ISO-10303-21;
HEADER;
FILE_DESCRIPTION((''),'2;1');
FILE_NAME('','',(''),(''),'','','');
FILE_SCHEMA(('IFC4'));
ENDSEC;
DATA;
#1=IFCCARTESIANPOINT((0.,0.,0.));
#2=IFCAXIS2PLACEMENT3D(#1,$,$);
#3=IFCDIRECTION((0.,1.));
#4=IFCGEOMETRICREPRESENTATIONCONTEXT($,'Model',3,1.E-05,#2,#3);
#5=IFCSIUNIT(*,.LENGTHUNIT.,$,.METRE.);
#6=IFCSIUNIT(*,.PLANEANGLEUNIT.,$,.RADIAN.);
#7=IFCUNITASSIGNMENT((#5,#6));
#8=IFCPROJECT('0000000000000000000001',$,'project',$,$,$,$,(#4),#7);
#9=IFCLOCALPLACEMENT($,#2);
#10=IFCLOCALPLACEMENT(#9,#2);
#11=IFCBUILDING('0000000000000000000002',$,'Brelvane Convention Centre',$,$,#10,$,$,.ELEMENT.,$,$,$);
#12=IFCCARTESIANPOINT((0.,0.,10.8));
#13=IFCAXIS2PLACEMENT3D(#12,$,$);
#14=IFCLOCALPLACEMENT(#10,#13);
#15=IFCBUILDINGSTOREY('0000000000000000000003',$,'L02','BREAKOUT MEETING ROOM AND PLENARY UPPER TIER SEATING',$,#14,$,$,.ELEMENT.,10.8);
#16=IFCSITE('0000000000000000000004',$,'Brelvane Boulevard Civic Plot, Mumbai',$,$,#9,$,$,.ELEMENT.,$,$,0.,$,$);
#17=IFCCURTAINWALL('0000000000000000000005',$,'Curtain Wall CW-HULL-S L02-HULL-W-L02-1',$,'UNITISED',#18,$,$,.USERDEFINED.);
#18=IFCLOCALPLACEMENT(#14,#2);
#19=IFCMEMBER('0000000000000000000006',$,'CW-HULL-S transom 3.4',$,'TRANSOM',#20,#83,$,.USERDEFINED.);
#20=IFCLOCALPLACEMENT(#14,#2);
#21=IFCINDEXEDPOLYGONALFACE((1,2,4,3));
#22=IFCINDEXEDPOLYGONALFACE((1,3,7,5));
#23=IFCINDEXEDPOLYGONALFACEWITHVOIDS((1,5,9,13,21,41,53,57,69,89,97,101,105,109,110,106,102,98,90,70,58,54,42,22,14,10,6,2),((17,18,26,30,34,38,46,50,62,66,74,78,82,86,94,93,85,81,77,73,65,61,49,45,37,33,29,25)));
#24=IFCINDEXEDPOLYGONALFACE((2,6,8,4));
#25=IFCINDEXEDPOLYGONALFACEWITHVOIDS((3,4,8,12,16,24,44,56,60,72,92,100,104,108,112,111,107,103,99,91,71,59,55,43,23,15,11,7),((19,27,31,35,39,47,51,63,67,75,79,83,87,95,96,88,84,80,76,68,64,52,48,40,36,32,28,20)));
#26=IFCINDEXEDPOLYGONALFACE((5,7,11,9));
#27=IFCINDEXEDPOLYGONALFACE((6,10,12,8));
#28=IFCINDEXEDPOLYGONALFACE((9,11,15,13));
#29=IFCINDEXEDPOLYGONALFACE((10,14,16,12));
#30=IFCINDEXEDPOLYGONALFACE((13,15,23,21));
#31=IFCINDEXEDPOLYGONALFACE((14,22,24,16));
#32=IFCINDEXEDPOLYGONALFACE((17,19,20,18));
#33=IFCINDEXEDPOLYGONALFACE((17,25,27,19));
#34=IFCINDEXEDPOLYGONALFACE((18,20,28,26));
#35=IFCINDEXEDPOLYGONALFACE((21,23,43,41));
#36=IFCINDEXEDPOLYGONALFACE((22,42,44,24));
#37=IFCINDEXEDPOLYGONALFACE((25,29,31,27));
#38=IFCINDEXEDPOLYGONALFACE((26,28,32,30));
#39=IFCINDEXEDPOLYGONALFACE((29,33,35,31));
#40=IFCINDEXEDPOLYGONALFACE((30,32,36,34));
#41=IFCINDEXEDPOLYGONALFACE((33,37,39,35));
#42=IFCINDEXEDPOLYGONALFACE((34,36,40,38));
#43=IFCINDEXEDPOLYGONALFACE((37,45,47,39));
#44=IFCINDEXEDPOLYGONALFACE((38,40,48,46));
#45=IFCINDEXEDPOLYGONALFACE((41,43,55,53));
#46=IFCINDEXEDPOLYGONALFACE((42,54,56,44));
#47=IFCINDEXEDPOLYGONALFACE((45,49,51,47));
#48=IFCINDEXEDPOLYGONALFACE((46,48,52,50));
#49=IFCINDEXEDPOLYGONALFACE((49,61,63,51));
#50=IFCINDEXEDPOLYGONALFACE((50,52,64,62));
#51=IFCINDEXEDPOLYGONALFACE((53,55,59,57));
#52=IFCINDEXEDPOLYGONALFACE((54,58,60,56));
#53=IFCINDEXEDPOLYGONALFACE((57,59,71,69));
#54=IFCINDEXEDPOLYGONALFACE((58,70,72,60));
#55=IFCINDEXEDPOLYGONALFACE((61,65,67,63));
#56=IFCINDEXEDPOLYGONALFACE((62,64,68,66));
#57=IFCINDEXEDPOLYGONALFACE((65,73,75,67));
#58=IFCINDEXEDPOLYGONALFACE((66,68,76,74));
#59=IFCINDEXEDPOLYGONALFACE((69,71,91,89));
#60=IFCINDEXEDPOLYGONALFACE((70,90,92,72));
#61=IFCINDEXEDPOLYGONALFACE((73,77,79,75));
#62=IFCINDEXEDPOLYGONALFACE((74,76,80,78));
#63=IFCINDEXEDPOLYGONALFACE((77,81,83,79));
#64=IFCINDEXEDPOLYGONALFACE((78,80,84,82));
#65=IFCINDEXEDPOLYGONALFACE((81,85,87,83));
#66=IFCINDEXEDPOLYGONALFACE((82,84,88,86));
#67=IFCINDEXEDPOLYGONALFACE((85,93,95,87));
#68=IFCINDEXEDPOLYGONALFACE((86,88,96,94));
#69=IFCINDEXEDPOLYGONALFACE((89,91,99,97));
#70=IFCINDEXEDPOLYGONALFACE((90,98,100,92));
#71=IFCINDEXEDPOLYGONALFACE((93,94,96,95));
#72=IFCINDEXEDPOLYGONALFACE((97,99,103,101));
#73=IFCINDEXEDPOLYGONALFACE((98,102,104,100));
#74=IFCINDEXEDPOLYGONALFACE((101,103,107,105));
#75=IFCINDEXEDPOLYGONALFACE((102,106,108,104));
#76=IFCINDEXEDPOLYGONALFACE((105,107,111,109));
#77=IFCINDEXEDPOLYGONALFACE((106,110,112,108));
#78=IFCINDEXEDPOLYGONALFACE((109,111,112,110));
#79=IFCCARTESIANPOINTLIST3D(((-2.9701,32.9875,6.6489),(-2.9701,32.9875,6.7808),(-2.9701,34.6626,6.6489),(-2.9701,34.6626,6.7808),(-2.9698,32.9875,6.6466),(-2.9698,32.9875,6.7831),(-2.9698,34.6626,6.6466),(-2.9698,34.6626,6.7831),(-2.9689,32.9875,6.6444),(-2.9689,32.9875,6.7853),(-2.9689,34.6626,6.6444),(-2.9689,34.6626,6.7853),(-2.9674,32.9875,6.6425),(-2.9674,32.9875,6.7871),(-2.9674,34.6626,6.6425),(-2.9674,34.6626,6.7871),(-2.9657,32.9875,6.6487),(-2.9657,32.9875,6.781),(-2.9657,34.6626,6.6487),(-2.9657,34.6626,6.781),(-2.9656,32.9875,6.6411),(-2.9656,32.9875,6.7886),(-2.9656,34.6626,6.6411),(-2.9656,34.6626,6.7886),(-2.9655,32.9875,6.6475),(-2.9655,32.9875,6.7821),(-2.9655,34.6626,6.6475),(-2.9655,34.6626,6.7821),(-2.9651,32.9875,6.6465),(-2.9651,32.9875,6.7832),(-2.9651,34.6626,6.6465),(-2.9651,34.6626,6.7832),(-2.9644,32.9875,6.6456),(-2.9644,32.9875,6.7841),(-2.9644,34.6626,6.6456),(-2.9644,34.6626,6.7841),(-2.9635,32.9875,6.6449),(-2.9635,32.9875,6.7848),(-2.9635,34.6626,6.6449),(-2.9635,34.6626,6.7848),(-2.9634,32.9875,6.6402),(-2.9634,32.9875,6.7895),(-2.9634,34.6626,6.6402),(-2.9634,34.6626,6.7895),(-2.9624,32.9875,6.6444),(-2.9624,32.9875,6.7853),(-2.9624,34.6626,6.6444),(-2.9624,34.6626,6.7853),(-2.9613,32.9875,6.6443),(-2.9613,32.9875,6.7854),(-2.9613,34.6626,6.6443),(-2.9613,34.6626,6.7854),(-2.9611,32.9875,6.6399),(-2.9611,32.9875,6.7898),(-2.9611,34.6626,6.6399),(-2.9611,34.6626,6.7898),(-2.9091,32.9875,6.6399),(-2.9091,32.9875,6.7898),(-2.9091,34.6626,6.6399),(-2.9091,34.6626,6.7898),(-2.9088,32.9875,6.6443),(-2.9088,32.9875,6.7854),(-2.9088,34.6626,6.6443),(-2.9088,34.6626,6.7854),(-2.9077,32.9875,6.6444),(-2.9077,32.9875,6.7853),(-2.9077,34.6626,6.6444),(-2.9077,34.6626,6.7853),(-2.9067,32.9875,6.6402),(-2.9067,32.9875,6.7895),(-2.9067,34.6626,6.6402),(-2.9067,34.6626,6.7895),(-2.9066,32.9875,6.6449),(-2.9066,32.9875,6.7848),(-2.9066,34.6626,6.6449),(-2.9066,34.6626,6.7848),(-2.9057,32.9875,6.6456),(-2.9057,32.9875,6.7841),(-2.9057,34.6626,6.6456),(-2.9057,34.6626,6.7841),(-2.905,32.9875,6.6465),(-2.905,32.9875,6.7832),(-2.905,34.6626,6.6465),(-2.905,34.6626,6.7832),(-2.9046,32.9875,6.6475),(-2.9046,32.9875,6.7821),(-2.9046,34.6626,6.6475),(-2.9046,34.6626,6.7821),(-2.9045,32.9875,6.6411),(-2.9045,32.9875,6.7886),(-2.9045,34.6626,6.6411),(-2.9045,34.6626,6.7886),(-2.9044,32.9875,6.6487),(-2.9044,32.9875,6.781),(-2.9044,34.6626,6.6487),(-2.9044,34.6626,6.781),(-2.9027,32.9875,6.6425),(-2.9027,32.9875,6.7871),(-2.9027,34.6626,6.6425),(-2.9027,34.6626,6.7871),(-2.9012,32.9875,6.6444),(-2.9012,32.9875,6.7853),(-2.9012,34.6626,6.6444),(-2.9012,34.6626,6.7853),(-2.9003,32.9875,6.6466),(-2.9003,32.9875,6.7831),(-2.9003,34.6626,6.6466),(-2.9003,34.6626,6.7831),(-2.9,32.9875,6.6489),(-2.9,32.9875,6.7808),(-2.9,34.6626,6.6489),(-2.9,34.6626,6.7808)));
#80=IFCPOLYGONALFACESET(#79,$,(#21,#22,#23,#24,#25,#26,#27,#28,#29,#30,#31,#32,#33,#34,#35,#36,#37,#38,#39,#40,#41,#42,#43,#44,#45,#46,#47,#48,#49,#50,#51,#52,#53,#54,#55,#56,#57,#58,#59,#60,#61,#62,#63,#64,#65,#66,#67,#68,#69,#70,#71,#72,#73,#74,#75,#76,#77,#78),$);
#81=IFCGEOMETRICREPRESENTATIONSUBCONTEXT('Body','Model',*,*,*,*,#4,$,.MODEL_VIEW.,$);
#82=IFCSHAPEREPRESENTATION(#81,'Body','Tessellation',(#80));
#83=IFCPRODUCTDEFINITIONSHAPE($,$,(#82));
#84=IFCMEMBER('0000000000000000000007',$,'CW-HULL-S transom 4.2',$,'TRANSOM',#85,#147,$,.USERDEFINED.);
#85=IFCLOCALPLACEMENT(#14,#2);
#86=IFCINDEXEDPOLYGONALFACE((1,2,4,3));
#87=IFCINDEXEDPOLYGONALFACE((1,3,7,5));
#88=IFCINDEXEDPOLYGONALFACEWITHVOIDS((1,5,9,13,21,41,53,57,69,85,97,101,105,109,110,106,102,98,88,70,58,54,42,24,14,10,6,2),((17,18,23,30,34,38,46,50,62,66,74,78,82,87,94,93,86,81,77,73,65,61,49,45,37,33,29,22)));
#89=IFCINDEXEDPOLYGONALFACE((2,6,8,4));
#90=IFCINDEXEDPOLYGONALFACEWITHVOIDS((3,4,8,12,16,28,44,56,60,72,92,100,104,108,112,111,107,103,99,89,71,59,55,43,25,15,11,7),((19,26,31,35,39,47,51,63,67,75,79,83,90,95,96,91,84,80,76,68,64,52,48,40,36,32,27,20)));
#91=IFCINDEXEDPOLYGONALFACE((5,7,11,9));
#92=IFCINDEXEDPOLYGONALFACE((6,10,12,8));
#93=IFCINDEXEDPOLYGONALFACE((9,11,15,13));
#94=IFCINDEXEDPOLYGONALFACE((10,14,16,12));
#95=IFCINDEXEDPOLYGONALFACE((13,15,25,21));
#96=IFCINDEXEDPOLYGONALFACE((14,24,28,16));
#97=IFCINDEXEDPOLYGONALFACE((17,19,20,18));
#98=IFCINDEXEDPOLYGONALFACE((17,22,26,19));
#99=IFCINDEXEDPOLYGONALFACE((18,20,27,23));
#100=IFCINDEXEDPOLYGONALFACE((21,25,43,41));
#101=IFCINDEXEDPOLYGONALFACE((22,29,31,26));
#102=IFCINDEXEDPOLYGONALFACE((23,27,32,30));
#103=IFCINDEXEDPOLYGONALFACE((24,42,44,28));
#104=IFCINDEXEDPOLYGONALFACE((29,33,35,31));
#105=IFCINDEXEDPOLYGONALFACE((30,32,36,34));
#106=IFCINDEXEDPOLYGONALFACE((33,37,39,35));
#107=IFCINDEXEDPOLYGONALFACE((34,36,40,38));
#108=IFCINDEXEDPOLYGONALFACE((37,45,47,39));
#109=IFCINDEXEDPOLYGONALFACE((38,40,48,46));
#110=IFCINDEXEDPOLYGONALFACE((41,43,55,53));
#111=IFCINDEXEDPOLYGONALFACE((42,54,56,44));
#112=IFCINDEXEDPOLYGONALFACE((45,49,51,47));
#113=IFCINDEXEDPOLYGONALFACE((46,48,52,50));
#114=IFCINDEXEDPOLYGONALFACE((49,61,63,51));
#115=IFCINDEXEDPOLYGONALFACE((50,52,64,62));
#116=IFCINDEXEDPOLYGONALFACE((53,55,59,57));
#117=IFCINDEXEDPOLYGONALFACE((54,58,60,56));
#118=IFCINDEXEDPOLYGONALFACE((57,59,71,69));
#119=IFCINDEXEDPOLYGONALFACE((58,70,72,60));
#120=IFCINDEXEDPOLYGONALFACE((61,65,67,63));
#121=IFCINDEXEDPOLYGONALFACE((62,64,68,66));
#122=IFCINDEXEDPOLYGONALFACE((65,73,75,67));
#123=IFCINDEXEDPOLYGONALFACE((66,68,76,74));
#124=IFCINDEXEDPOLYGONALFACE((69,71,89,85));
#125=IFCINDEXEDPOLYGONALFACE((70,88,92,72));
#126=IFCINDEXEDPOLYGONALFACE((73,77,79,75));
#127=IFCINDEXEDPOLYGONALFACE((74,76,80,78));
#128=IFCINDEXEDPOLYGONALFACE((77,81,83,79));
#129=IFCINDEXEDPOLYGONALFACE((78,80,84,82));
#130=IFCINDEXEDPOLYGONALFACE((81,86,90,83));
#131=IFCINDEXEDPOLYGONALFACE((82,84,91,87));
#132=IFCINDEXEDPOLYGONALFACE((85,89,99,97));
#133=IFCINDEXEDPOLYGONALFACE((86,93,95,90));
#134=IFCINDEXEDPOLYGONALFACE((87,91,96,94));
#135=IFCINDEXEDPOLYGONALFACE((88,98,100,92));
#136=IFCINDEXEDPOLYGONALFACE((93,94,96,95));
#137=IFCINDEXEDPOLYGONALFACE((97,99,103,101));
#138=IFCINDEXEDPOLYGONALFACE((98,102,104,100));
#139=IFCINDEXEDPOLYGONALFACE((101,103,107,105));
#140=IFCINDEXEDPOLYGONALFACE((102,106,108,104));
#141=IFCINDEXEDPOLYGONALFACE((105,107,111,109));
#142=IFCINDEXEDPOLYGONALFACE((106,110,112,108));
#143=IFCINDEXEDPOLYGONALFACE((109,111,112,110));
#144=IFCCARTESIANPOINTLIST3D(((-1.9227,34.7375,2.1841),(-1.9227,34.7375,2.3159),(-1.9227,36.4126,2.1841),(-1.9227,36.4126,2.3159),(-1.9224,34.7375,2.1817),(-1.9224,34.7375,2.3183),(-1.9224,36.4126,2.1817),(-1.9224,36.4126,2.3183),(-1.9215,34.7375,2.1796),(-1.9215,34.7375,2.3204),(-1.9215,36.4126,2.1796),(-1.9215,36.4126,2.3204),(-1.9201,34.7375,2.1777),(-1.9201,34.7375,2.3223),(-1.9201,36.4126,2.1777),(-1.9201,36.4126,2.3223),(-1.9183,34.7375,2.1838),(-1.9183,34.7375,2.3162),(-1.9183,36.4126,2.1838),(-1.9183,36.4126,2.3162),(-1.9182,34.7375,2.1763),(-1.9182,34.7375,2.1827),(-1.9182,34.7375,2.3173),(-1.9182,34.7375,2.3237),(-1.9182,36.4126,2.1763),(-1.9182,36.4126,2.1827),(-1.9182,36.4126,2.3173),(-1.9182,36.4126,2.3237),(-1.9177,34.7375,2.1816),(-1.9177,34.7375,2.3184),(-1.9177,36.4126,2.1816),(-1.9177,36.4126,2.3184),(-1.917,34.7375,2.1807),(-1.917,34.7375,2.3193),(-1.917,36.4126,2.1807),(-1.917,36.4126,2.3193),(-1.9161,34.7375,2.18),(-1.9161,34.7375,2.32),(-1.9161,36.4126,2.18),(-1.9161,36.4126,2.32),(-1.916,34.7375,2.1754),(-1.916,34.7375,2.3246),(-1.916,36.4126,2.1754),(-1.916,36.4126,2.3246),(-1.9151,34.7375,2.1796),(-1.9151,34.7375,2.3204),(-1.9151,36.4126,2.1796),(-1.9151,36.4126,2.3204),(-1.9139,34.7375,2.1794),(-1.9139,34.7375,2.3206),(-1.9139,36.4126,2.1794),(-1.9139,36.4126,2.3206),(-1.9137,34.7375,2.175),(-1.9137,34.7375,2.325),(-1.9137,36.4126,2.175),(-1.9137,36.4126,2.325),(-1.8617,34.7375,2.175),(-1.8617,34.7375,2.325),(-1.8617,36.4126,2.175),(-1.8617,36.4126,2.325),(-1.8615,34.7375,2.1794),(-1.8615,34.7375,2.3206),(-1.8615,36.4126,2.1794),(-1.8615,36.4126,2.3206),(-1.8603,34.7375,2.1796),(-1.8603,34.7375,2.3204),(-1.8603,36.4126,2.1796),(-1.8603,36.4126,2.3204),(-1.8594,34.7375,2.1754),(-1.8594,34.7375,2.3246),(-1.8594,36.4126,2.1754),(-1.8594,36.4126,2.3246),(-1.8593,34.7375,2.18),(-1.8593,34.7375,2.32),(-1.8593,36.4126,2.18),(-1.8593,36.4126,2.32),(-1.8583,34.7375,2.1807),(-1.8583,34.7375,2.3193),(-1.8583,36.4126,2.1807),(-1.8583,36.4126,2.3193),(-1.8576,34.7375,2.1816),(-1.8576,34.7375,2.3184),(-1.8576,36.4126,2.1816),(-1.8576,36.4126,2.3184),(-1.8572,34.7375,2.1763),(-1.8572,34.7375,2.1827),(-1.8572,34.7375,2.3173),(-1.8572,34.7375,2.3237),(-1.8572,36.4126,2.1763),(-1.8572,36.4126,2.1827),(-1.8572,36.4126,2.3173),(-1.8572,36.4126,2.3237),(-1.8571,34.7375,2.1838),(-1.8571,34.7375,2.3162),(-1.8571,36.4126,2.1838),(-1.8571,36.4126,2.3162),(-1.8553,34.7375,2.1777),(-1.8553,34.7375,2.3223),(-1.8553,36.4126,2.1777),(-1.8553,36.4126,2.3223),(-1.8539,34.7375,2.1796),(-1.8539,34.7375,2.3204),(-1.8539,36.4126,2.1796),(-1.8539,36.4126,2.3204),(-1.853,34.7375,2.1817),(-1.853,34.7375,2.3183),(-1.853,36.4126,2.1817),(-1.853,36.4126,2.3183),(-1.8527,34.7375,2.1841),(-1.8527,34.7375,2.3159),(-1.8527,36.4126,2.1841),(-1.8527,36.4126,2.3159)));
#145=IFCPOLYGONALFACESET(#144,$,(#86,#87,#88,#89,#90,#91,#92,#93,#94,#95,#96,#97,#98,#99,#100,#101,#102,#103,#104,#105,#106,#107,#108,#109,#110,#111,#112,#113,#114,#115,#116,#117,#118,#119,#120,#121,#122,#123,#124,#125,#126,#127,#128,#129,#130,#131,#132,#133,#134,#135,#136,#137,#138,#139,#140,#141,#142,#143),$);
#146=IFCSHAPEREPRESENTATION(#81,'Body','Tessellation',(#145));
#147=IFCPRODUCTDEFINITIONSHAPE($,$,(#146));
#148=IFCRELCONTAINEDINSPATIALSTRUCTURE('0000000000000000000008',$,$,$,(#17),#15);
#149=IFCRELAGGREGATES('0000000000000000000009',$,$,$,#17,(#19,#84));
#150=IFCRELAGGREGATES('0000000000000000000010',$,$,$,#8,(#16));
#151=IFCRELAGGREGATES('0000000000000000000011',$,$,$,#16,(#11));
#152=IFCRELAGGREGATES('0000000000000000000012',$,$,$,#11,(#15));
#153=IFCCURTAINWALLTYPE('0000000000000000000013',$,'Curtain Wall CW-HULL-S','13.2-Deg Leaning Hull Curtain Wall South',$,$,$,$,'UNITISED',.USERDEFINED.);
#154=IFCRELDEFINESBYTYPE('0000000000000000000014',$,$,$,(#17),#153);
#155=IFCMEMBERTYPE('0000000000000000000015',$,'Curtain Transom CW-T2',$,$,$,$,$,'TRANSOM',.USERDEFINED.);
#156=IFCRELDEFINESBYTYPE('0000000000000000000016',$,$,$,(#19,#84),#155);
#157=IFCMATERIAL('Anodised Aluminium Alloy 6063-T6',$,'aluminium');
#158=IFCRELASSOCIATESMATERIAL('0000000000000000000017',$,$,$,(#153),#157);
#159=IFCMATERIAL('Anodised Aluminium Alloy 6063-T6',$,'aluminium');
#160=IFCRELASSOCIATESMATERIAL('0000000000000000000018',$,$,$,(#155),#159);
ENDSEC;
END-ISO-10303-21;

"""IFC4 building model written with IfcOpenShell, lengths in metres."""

from ifc_helpers import new_model, si_unit, direction, frame, origin, origin_2d, place, context, subcontext, project, spatial, hollow_rectangle, extrude, material, material_profile, profile_set, type_object, element, aggregate, save


model = new_model("IFC4")

# Units and contexts
model_context = context("Model", 3, precision=1e-05, world=origin(), true_north=direction((0.0, 1.0)))
body_context = subcontext(model_context, "Body", "Model", "MODEL_VIEW")
ifc_project = project(units=[si_unit("LENGTHUNIT", "METRE"), si_unit("PLANEANGLEUNIT", "RADIAN")], contexts=[model_context])

# Site, building, storey
site_placement = place(None, origin())
site = spatial("IfcSite", under=ifc_project, at=site_placement, Name="Brelvane Boulevard Civic Plot, Mumbai", CompositionType="ELEMENT", RefElevation=0.0)
building_placement = place(site_placement, origin())
building = spatial("IfcBuilding", under=site, at=building_placement, Name="Brelvane Convention Centre", CompositionType="ELEMENT")
storey_placement = place(building_placement, frame((0.0, 0.0, 10.8)))
storey = spatial("IfcBuildingStorey", under=building, at=storey_placement, Name="L02", Description="BREAKOUT MEETING ROOM AND PLENARY UPPER TIER SEATING", CompositionType="ELEMENT", Elevation=10.8)

# Curtain wall, members
ifc_material_1 = material(Name="Anodised Aluminium Alloy 6063-T6", Category="aluminium")
curtain_wall_type = type_object("IfcCurtainWallType", Name="Curtain Wall CW-HULL-S", Description="13.2-Deg Leaning Hull Curtain Wall South", ElementType="UNITISED", PredefinedType="USERDEFINED", material=ifc_material_1)
curtain_wall_1_placement = place(storey_placement, origin())
curtain_wall_1 = element("IfcCurtainWall", 1, at=curtain_wall_1_placement, inside=storey, type_object=curtain_wall_type, Name="Curtain Wall CW-HULL-S L02-HULL-W-L02-1", ObjectType="UNITISED", PredefinedType="USERDEFINED")
ifc_material_2 = material(Name="Anodised Aluminium Alloy 6063-T6", Category="aluminium")
ifc_material_profile = material_profile(ifc_material_2, hollow_rectangle(XDim=0.0701, YDim=0.1499, WallThickness=0.0044, InnerFilletRadius=0.0044, OuterFilletRadius=0.009, at=origin_2d()), Name="ALU-T 150x70x4.5")
ifc_profile_set = profile_set([ifc_material_profile], Name="Anodised Aluminium Alloy 6063-T6")
member_type = type_object("IfcMemberType", Name="Curtain Transom CW-T2", ElementType="TRANSOM", PredefinedType="USERDEFINED", material=ifc_profile_set)
member_1_placement = place(storey_placement, frame((-2.9351, 32.9875, 6.7148), z_axis=(0.0, 1.0, 0.0), x_axis=(-1.0, 0.0, 0.0)))
member_1 = element("IfcMember", 2, at=member_1_placement, type_object=member_type, Name="CW-HULL-S transom 3.4", ObjectType="TRANSOM", PredefinedType="USERDEFINED", context=body_context, shape_type="SweptSolid", body=[
    extrude(hollow_rectangle(XDim=0.0701, YDim=0.1499, WallThickness=0.0044, InnerFilletRadius=0.0044, OuterFilletRadius=0.009, at=origin_2d()), origin(), (0.0, 0.0, 1.0), 1.675),
])
member_2_placement = place(storey_placement, frame((-1.8877, 34.7375, 2.25), z_axis=(0.0, 1.0, 0.0), x_axis=(-1.0, 0.0, 0.0)))
member_2 = element("IfcMember", 3, at=member_2_placement, type_object=member_type, Name="CW-HULL-S transom 4.2", ObjectType="TRANSOM", PredefinedType="USERDEFINED", context=body_context, shape_type="SweptSolid", body=[
    extrude(hollow_rectangle(XDim=0.0701, YDim=0.1499, WallThickness=0.0044, InnerFilletRadius=0.0044, OuterFilletRadius=0.009, at=origin_2d()), origin(), (0.0, 0.0, 1.0), 1.675),
])

aggregate(curtain_wall_1, [member_1, member_2])

save(model, "model.ifc")
